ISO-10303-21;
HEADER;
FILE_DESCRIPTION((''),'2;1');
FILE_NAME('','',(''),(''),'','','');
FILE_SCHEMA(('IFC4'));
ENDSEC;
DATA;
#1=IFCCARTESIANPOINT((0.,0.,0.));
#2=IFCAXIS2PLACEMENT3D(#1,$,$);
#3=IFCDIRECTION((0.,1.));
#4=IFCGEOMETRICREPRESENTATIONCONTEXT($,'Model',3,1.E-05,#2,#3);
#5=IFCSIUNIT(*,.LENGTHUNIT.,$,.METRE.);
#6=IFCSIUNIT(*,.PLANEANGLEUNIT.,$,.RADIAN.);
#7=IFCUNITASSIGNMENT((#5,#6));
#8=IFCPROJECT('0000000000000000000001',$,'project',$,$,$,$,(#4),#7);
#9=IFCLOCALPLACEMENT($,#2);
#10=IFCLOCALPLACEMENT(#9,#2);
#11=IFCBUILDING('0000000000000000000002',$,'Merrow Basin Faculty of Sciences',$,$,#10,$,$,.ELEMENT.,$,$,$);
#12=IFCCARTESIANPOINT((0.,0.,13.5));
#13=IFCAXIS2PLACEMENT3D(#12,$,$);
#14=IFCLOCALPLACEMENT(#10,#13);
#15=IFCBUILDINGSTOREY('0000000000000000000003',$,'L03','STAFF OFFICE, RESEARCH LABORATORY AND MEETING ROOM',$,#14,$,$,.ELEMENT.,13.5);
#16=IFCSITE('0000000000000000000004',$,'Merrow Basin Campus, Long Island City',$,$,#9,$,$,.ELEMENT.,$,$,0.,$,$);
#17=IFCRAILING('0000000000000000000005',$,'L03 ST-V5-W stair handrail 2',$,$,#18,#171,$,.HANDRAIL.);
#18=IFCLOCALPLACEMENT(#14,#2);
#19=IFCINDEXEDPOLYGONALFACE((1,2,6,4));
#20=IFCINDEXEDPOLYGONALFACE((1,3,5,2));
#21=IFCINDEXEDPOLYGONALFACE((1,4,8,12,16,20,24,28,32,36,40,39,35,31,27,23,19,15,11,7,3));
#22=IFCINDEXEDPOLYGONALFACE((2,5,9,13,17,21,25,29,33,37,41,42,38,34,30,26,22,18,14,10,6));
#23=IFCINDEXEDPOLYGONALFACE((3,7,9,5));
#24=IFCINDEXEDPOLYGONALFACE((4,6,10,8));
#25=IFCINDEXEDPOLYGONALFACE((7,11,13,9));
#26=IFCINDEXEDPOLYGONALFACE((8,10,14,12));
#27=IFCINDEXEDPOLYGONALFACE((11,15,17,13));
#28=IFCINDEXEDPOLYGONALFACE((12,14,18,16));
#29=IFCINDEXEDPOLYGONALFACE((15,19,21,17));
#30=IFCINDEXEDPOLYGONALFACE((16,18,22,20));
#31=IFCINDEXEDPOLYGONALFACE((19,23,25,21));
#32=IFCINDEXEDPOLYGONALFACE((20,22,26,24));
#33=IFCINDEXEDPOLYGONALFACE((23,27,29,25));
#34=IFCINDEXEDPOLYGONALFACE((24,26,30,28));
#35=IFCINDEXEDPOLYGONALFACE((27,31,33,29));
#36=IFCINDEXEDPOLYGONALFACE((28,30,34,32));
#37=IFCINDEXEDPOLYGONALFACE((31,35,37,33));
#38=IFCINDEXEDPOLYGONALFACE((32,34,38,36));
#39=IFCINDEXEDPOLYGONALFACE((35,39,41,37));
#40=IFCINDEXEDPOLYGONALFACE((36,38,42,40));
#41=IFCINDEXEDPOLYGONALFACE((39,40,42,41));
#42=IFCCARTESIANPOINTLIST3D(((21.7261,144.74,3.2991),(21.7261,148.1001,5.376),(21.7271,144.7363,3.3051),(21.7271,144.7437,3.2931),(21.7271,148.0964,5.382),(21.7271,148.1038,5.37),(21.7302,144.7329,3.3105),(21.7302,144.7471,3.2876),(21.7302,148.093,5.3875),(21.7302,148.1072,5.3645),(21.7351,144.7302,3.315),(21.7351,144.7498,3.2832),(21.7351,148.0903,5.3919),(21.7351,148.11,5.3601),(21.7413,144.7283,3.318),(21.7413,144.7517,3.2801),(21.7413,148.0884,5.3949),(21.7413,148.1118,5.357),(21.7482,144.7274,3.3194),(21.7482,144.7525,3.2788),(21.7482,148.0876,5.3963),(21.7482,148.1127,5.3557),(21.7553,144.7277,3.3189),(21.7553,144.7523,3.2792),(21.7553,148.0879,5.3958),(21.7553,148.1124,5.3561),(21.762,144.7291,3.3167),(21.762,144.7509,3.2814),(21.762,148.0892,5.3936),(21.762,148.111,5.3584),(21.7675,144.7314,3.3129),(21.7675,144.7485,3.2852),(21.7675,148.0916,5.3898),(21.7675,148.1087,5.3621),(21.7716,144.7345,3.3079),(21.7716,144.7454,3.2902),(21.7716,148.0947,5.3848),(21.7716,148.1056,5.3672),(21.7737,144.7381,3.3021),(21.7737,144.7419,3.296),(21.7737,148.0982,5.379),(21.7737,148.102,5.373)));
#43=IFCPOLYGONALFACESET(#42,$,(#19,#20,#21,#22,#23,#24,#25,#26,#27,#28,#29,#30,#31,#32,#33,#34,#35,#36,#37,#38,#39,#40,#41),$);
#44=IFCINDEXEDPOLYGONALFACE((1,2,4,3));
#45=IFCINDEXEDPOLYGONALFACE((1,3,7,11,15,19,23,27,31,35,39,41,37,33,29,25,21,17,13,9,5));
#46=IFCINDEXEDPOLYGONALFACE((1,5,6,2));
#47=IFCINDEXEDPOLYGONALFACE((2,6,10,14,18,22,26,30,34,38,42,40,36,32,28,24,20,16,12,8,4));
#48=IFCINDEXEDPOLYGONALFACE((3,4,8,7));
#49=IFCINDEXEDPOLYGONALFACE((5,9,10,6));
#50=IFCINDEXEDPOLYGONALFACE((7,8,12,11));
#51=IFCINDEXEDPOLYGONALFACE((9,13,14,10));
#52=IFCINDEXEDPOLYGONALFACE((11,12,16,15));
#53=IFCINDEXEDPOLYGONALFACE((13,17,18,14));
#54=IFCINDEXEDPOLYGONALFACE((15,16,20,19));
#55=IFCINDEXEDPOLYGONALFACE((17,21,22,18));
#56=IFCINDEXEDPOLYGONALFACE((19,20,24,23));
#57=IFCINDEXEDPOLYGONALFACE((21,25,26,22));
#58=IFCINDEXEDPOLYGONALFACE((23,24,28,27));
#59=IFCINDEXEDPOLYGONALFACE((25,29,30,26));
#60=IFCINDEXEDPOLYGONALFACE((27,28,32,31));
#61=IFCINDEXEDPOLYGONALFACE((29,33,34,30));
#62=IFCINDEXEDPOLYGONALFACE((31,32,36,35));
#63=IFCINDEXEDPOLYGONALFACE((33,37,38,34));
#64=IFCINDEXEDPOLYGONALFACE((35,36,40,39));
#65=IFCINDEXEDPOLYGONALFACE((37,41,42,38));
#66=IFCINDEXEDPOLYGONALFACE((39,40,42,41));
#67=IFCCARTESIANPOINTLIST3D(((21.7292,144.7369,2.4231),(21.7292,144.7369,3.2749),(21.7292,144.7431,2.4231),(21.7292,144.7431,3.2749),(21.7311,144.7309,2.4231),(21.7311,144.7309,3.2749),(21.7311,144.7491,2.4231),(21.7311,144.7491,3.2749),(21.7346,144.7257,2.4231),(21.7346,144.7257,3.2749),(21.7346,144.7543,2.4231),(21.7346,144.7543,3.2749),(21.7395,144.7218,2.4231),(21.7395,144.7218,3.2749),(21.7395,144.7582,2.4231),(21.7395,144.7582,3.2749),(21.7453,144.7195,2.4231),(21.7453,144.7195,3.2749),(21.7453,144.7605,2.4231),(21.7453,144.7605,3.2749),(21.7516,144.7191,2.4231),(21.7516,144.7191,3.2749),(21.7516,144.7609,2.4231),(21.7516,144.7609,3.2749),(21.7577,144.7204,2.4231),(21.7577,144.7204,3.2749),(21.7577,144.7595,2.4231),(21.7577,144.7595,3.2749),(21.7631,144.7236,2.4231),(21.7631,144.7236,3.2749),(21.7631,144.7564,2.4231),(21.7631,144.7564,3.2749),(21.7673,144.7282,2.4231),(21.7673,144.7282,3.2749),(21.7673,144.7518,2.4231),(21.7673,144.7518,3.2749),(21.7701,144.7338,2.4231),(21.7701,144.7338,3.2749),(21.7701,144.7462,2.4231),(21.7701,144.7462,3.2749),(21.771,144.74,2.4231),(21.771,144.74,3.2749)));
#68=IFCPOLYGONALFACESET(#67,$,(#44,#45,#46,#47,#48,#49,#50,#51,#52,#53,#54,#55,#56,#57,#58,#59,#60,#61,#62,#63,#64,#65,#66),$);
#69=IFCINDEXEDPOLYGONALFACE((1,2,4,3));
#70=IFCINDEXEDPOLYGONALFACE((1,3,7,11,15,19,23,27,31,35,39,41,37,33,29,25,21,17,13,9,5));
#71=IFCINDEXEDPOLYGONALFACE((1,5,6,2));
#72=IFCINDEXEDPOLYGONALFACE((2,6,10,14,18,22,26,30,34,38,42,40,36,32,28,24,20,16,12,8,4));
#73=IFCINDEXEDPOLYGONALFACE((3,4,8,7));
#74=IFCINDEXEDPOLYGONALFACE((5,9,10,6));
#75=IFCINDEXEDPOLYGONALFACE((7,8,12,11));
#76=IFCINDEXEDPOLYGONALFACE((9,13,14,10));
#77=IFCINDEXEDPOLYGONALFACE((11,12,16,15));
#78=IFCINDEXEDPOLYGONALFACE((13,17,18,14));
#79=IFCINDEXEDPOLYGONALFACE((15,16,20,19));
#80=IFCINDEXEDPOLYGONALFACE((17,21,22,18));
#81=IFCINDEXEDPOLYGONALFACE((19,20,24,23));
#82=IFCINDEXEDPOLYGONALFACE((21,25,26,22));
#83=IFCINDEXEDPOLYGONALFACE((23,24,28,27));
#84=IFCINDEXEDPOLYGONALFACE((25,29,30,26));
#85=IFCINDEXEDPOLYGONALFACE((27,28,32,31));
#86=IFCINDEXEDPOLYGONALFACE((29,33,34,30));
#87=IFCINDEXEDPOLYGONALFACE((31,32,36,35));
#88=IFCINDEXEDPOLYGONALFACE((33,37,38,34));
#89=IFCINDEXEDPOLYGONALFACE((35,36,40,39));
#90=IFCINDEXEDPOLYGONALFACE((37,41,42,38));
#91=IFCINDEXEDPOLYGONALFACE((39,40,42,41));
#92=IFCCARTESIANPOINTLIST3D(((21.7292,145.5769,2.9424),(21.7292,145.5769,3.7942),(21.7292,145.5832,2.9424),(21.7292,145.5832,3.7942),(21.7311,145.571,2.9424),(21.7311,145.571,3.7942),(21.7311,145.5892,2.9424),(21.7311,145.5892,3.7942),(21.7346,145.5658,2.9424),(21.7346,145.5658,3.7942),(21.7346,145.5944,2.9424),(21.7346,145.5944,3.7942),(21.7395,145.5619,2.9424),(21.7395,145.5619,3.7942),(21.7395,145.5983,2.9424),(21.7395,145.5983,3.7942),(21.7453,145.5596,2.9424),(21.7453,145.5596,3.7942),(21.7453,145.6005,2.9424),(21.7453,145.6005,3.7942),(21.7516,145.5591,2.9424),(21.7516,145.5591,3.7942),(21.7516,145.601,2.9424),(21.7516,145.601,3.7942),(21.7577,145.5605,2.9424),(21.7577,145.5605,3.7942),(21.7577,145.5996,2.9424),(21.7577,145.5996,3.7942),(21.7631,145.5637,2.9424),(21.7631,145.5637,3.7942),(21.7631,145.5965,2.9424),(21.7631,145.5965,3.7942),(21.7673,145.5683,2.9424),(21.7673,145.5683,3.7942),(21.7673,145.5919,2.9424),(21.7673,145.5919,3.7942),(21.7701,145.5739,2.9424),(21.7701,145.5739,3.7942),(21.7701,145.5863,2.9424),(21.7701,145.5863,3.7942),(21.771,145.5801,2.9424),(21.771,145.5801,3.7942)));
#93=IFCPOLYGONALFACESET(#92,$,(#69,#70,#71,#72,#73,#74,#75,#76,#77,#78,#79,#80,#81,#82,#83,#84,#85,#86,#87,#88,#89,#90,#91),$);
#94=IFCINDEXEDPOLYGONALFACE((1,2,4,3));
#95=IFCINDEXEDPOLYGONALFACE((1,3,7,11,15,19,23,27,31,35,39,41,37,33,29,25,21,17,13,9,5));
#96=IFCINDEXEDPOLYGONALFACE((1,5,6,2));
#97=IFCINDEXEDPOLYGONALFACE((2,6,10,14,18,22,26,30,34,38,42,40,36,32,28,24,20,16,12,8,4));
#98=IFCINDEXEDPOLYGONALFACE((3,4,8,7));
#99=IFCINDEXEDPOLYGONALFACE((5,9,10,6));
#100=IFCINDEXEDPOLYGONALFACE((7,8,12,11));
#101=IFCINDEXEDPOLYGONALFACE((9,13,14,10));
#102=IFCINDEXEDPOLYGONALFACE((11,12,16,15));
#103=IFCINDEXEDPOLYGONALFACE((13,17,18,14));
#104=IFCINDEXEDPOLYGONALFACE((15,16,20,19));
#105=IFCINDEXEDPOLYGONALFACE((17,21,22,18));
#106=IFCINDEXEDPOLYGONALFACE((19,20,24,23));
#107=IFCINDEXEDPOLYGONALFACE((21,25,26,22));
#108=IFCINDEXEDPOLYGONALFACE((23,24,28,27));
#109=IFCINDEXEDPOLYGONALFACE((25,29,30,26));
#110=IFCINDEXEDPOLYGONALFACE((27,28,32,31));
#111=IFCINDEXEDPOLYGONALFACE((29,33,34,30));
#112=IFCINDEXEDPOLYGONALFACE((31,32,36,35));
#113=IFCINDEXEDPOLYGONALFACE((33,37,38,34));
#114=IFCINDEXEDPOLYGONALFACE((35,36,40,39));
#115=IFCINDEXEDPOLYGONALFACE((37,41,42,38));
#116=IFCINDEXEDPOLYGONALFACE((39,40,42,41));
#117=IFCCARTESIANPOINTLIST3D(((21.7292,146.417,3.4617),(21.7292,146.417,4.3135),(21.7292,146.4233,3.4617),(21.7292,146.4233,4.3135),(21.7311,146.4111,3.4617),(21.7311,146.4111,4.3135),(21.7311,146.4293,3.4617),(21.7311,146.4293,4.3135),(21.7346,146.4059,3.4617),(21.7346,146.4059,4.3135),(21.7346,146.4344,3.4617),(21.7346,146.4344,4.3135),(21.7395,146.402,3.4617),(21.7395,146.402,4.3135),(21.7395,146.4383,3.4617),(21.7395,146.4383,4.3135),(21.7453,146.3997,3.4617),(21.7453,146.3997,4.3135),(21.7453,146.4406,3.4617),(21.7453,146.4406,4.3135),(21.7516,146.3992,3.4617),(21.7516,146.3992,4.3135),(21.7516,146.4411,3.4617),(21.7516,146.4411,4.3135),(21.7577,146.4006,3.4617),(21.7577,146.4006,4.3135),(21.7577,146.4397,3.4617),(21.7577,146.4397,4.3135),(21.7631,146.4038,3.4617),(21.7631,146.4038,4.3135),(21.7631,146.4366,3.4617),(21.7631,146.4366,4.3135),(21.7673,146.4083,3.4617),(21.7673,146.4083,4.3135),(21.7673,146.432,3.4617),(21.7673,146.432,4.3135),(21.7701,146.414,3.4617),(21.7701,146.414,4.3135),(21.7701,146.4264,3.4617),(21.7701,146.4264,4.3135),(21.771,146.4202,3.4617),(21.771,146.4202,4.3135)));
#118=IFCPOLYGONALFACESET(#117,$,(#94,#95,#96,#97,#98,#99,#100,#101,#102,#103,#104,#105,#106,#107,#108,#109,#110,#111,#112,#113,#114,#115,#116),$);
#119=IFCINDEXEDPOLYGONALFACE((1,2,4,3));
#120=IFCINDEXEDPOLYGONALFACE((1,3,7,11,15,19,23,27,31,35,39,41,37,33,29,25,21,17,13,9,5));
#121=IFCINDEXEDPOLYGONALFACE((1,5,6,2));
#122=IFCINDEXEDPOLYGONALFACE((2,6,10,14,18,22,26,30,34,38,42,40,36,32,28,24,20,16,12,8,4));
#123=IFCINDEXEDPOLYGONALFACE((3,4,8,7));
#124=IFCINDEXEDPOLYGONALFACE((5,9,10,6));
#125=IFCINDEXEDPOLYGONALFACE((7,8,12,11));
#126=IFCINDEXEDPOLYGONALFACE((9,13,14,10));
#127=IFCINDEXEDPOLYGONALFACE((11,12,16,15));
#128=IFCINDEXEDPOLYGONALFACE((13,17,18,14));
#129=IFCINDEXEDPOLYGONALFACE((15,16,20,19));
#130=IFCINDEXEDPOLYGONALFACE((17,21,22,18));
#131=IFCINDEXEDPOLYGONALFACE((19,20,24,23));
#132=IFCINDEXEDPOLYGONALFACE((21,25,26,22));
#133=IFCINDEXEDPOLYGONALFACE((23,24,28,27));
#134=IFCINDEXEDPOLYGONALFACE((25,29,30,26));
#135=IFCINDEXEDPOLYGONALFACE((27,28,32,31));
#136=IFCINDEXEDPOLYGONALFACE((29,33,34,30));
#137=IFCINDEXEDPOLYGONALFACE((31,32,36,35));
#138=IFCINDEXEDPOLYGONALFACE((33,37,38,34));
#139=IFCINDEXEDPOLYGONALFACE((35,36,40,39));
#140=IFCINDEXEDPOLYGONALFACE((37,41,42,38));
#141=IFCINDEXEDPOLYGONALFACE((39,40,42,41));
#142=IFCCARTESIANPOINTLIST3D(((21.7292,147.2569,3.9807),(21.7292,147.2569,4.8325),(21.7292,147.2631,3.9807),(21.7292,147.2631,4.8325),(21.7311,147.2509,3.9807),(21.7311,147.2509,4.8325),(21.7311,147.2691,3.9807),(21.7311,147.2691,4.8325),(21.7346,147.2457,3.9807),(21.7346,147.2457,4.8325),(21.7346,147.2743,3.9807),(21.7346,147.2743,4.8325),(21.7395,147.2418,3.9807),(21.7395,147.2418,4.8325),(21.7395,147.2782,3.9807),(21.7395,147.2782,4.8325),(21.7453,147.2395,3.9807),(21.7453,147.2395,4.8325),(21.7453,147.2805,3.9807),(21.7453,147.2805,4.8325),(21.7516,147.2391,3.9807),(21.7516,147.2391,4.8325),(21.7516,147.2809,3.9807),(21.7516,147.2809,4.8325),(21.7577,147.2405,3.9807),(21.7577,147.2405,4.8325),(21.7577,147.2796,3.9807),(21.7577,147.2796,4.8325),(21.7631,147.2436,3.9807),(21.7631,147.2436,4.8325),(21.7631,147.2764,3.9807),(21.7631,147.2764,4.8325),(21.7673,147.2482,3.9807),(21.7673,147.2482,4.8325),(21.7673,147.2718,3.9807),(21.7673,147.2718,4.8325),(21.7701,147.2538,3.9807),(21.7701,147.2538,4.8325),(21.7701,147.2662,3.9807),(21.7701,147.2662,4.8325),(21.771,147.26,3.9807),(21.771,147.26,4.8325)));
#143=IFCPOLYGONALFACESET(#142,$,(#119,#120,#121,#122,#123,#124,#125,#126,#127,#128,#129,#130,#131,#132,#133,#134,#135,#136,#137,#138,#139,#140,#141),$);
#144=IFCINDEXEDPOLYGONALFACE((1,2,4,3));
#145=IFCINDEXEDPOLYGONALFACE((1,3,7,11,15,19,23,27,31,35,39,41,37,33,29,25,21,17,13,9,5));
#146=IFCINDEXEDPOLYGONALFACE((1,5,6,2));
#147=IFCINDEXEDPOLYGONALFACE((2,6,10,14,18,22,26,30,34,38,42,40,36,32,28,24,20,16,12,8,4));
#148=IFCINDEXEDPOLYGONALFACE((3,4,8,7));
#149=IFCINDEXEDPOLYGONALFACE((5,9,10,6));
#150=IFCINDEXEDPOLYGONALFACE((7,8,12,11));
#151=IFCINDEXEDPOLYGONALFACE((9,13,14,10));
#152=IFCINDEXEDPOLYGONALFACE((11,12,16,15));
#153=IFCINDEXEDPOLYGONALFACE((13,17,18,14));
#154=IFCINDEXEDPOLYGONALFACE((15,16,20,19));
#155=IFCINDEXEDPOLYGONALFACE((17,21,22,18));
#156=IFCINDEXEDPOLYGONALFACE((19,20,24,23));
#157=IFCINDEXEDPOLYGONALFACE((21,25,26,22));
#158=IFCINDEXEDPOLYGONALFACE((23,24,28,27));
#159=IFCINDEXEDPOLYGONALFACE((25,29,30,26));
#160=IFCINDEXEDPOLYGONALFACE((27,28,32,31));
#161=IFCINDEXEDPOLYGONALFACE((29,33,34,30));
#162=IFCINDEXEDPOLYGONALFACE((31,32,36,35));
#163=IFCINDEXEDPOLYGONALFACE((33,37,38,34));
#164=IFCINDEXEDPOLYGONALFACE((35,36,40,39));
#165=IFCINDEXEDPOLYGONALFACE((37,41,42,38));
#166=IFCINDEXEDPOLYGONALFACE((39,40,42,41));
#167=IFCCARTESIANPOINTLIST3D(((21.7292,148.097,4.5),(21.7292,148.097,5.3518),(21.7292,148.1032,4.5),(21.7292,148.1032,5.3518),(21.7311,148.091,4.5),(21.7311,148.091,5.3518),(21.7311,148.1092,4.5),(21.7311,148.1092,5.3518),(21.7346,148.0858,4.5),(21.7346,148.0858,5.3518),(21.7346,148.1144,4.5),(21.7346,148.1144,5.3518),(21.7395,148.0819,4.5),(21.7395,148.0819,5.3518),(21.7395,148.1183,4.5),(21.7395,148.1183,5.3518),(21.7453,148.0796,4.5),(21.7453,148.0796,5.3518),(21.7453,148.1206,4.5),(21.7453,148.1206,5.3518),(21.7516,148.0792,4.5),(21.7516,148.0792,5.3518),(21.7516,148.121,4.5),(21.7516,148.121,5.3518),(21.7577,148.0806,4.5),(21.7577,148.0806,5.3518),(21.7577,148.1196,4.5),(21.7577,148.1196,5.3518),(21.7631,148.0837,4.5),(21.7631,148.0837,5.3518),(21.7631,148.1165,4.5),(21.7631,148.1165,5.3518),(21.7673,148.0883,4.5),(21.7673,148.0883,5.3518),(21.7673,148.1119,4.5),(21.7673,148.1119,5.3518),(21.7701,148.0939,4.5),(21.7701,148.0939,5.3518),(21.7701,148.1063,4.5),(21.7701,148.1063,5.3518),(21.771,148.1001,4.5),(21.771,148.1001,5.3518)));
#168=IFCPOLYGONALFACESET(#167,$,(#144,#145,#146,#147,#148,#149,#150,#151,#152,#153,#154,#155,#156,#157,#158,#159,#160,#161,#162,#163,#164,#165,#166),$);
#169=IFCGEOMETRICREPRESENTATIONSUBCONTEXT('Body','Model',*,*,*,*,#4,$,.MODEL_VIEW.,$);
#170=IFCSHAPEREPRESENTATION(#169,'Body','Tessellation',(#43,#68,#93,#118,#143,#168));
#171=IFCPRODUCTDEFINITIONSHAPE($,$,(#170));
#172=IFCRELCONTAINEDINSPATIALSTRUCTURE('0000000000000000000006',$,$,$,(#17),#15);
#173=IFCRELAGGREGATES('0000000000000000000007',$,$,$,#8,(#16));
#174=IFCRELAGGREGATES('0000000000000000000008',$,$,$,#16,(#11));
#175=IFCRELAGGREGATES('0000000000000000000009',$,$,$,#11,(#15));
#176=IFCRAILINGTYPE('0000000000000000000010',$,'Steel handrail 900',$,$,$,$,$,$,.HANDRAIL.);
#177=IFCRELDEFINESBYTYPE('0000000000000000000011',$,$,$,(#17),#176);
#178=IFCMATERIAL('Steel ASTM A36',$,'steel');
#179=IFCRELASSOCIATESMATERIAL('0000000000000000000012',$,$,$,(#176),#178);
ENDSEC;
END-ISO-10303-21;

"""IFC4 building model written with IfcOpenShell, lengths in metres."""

from ifc_helpers import new_model, si_unit, direction, frame, origin, origin_2d, place, context, subcontext, project, spatial, circle, extrude, material, type_object, element, save


model = new_model("IFC4")

# Units and contexts
model_context = context("Model", 3, precision=1e-05, world=origin(), true_north=direction((0.0, 1.0)))
body_context = subcontext(model_context, "Body", "Model", "MODEL_VIEW")
ifc_project = project(units=[si_unit("LENGTHUNIT", "METRE"), si_unit("PLANEANGLEUNIT", "RADIAN")], contexts=[model_context])

# Site, building, storey
site_placement = place(None, origin())
site = spatial("IfcSite", under=ifc_project, at=site_placement, Name="Merrow Basin Campus, Long Island City", CompositionType="ELEMENT", RefElevation=0.0)
building_placement = place(site_placement, origin())
building = spatial("IfcBuilding", under=site, at=building_placement, Name="Merrow Basin Faculty of Sciences", CompositionType="ELEMENT")
storey_placement = place(building_placement, frame((0.0, 0.0, 13.5)))
storey = spatial("IfcBuildingStorey", under=building, at=storey_placement, Name="L03", Description="STAFF OFFICE, RESEARCH LABORATORY AND MEETING ROOM", CompositionType="ELEMENT", Elevation=13.5)

# Railing
ifc_material_1 = material(Name="Steel ASTM A36", Category="steel")
railing_type_1 = type_object("IfcRailingType", Name="Steel handrail 900", PredefinedType="HANDRAIL", material=ifc_material_1)
railing_1_placement = place(storey_placement, frame((21.75, 144.74, 2.4231)))
element("IfcRailing", 1, at=railing_1_placement, inside=storey, type_object=railing_type_1, Name="L03 ST-V5-W stair handrail 2", PredefinedType="HANDRAIL", context=body_context, shape_type="SweptSolid", body=[
    extrude(circle(Radius=0.0239, at=origin_2d()), frame((0.0, 0.0, 0.876), z_axis=(0.0, 0.850623, 0.525776), x_axis=(-1.0, 0.0, 0.0)), (0.0, 0.0, 1.0), 3.9502),
    extrude(circle(Radius=0.021, at=origin_2d()), origin(), (0.0, 0.0, 1.0), 0.8518),
    extrude(circle(Radius=0.021, at=origin_2d()), frame((0.0, 0.8401, 0.5193)), (0.0, 0.0, 1.0), 0.8518),
    extrude(circle(Radius=0.021, at=origin_2d()), frame((0.0, 1.6802, 1.0386)), (0.0, 0.0, 1.0), 0.8518),
    extrude(circle(Radius=0.021, at=origin_2d()), frame((0.0, 2.52, 1.5576)), (0.0, 0.0, 1.0), 0.8518),
    extrude(circle(Radius=0.021, at=origin_2d()), frame((0.0, 3.3601, 2.0769)), (0.0, 0.0, 1.0), 0.8518),
])

save(model, "model.ifc")
